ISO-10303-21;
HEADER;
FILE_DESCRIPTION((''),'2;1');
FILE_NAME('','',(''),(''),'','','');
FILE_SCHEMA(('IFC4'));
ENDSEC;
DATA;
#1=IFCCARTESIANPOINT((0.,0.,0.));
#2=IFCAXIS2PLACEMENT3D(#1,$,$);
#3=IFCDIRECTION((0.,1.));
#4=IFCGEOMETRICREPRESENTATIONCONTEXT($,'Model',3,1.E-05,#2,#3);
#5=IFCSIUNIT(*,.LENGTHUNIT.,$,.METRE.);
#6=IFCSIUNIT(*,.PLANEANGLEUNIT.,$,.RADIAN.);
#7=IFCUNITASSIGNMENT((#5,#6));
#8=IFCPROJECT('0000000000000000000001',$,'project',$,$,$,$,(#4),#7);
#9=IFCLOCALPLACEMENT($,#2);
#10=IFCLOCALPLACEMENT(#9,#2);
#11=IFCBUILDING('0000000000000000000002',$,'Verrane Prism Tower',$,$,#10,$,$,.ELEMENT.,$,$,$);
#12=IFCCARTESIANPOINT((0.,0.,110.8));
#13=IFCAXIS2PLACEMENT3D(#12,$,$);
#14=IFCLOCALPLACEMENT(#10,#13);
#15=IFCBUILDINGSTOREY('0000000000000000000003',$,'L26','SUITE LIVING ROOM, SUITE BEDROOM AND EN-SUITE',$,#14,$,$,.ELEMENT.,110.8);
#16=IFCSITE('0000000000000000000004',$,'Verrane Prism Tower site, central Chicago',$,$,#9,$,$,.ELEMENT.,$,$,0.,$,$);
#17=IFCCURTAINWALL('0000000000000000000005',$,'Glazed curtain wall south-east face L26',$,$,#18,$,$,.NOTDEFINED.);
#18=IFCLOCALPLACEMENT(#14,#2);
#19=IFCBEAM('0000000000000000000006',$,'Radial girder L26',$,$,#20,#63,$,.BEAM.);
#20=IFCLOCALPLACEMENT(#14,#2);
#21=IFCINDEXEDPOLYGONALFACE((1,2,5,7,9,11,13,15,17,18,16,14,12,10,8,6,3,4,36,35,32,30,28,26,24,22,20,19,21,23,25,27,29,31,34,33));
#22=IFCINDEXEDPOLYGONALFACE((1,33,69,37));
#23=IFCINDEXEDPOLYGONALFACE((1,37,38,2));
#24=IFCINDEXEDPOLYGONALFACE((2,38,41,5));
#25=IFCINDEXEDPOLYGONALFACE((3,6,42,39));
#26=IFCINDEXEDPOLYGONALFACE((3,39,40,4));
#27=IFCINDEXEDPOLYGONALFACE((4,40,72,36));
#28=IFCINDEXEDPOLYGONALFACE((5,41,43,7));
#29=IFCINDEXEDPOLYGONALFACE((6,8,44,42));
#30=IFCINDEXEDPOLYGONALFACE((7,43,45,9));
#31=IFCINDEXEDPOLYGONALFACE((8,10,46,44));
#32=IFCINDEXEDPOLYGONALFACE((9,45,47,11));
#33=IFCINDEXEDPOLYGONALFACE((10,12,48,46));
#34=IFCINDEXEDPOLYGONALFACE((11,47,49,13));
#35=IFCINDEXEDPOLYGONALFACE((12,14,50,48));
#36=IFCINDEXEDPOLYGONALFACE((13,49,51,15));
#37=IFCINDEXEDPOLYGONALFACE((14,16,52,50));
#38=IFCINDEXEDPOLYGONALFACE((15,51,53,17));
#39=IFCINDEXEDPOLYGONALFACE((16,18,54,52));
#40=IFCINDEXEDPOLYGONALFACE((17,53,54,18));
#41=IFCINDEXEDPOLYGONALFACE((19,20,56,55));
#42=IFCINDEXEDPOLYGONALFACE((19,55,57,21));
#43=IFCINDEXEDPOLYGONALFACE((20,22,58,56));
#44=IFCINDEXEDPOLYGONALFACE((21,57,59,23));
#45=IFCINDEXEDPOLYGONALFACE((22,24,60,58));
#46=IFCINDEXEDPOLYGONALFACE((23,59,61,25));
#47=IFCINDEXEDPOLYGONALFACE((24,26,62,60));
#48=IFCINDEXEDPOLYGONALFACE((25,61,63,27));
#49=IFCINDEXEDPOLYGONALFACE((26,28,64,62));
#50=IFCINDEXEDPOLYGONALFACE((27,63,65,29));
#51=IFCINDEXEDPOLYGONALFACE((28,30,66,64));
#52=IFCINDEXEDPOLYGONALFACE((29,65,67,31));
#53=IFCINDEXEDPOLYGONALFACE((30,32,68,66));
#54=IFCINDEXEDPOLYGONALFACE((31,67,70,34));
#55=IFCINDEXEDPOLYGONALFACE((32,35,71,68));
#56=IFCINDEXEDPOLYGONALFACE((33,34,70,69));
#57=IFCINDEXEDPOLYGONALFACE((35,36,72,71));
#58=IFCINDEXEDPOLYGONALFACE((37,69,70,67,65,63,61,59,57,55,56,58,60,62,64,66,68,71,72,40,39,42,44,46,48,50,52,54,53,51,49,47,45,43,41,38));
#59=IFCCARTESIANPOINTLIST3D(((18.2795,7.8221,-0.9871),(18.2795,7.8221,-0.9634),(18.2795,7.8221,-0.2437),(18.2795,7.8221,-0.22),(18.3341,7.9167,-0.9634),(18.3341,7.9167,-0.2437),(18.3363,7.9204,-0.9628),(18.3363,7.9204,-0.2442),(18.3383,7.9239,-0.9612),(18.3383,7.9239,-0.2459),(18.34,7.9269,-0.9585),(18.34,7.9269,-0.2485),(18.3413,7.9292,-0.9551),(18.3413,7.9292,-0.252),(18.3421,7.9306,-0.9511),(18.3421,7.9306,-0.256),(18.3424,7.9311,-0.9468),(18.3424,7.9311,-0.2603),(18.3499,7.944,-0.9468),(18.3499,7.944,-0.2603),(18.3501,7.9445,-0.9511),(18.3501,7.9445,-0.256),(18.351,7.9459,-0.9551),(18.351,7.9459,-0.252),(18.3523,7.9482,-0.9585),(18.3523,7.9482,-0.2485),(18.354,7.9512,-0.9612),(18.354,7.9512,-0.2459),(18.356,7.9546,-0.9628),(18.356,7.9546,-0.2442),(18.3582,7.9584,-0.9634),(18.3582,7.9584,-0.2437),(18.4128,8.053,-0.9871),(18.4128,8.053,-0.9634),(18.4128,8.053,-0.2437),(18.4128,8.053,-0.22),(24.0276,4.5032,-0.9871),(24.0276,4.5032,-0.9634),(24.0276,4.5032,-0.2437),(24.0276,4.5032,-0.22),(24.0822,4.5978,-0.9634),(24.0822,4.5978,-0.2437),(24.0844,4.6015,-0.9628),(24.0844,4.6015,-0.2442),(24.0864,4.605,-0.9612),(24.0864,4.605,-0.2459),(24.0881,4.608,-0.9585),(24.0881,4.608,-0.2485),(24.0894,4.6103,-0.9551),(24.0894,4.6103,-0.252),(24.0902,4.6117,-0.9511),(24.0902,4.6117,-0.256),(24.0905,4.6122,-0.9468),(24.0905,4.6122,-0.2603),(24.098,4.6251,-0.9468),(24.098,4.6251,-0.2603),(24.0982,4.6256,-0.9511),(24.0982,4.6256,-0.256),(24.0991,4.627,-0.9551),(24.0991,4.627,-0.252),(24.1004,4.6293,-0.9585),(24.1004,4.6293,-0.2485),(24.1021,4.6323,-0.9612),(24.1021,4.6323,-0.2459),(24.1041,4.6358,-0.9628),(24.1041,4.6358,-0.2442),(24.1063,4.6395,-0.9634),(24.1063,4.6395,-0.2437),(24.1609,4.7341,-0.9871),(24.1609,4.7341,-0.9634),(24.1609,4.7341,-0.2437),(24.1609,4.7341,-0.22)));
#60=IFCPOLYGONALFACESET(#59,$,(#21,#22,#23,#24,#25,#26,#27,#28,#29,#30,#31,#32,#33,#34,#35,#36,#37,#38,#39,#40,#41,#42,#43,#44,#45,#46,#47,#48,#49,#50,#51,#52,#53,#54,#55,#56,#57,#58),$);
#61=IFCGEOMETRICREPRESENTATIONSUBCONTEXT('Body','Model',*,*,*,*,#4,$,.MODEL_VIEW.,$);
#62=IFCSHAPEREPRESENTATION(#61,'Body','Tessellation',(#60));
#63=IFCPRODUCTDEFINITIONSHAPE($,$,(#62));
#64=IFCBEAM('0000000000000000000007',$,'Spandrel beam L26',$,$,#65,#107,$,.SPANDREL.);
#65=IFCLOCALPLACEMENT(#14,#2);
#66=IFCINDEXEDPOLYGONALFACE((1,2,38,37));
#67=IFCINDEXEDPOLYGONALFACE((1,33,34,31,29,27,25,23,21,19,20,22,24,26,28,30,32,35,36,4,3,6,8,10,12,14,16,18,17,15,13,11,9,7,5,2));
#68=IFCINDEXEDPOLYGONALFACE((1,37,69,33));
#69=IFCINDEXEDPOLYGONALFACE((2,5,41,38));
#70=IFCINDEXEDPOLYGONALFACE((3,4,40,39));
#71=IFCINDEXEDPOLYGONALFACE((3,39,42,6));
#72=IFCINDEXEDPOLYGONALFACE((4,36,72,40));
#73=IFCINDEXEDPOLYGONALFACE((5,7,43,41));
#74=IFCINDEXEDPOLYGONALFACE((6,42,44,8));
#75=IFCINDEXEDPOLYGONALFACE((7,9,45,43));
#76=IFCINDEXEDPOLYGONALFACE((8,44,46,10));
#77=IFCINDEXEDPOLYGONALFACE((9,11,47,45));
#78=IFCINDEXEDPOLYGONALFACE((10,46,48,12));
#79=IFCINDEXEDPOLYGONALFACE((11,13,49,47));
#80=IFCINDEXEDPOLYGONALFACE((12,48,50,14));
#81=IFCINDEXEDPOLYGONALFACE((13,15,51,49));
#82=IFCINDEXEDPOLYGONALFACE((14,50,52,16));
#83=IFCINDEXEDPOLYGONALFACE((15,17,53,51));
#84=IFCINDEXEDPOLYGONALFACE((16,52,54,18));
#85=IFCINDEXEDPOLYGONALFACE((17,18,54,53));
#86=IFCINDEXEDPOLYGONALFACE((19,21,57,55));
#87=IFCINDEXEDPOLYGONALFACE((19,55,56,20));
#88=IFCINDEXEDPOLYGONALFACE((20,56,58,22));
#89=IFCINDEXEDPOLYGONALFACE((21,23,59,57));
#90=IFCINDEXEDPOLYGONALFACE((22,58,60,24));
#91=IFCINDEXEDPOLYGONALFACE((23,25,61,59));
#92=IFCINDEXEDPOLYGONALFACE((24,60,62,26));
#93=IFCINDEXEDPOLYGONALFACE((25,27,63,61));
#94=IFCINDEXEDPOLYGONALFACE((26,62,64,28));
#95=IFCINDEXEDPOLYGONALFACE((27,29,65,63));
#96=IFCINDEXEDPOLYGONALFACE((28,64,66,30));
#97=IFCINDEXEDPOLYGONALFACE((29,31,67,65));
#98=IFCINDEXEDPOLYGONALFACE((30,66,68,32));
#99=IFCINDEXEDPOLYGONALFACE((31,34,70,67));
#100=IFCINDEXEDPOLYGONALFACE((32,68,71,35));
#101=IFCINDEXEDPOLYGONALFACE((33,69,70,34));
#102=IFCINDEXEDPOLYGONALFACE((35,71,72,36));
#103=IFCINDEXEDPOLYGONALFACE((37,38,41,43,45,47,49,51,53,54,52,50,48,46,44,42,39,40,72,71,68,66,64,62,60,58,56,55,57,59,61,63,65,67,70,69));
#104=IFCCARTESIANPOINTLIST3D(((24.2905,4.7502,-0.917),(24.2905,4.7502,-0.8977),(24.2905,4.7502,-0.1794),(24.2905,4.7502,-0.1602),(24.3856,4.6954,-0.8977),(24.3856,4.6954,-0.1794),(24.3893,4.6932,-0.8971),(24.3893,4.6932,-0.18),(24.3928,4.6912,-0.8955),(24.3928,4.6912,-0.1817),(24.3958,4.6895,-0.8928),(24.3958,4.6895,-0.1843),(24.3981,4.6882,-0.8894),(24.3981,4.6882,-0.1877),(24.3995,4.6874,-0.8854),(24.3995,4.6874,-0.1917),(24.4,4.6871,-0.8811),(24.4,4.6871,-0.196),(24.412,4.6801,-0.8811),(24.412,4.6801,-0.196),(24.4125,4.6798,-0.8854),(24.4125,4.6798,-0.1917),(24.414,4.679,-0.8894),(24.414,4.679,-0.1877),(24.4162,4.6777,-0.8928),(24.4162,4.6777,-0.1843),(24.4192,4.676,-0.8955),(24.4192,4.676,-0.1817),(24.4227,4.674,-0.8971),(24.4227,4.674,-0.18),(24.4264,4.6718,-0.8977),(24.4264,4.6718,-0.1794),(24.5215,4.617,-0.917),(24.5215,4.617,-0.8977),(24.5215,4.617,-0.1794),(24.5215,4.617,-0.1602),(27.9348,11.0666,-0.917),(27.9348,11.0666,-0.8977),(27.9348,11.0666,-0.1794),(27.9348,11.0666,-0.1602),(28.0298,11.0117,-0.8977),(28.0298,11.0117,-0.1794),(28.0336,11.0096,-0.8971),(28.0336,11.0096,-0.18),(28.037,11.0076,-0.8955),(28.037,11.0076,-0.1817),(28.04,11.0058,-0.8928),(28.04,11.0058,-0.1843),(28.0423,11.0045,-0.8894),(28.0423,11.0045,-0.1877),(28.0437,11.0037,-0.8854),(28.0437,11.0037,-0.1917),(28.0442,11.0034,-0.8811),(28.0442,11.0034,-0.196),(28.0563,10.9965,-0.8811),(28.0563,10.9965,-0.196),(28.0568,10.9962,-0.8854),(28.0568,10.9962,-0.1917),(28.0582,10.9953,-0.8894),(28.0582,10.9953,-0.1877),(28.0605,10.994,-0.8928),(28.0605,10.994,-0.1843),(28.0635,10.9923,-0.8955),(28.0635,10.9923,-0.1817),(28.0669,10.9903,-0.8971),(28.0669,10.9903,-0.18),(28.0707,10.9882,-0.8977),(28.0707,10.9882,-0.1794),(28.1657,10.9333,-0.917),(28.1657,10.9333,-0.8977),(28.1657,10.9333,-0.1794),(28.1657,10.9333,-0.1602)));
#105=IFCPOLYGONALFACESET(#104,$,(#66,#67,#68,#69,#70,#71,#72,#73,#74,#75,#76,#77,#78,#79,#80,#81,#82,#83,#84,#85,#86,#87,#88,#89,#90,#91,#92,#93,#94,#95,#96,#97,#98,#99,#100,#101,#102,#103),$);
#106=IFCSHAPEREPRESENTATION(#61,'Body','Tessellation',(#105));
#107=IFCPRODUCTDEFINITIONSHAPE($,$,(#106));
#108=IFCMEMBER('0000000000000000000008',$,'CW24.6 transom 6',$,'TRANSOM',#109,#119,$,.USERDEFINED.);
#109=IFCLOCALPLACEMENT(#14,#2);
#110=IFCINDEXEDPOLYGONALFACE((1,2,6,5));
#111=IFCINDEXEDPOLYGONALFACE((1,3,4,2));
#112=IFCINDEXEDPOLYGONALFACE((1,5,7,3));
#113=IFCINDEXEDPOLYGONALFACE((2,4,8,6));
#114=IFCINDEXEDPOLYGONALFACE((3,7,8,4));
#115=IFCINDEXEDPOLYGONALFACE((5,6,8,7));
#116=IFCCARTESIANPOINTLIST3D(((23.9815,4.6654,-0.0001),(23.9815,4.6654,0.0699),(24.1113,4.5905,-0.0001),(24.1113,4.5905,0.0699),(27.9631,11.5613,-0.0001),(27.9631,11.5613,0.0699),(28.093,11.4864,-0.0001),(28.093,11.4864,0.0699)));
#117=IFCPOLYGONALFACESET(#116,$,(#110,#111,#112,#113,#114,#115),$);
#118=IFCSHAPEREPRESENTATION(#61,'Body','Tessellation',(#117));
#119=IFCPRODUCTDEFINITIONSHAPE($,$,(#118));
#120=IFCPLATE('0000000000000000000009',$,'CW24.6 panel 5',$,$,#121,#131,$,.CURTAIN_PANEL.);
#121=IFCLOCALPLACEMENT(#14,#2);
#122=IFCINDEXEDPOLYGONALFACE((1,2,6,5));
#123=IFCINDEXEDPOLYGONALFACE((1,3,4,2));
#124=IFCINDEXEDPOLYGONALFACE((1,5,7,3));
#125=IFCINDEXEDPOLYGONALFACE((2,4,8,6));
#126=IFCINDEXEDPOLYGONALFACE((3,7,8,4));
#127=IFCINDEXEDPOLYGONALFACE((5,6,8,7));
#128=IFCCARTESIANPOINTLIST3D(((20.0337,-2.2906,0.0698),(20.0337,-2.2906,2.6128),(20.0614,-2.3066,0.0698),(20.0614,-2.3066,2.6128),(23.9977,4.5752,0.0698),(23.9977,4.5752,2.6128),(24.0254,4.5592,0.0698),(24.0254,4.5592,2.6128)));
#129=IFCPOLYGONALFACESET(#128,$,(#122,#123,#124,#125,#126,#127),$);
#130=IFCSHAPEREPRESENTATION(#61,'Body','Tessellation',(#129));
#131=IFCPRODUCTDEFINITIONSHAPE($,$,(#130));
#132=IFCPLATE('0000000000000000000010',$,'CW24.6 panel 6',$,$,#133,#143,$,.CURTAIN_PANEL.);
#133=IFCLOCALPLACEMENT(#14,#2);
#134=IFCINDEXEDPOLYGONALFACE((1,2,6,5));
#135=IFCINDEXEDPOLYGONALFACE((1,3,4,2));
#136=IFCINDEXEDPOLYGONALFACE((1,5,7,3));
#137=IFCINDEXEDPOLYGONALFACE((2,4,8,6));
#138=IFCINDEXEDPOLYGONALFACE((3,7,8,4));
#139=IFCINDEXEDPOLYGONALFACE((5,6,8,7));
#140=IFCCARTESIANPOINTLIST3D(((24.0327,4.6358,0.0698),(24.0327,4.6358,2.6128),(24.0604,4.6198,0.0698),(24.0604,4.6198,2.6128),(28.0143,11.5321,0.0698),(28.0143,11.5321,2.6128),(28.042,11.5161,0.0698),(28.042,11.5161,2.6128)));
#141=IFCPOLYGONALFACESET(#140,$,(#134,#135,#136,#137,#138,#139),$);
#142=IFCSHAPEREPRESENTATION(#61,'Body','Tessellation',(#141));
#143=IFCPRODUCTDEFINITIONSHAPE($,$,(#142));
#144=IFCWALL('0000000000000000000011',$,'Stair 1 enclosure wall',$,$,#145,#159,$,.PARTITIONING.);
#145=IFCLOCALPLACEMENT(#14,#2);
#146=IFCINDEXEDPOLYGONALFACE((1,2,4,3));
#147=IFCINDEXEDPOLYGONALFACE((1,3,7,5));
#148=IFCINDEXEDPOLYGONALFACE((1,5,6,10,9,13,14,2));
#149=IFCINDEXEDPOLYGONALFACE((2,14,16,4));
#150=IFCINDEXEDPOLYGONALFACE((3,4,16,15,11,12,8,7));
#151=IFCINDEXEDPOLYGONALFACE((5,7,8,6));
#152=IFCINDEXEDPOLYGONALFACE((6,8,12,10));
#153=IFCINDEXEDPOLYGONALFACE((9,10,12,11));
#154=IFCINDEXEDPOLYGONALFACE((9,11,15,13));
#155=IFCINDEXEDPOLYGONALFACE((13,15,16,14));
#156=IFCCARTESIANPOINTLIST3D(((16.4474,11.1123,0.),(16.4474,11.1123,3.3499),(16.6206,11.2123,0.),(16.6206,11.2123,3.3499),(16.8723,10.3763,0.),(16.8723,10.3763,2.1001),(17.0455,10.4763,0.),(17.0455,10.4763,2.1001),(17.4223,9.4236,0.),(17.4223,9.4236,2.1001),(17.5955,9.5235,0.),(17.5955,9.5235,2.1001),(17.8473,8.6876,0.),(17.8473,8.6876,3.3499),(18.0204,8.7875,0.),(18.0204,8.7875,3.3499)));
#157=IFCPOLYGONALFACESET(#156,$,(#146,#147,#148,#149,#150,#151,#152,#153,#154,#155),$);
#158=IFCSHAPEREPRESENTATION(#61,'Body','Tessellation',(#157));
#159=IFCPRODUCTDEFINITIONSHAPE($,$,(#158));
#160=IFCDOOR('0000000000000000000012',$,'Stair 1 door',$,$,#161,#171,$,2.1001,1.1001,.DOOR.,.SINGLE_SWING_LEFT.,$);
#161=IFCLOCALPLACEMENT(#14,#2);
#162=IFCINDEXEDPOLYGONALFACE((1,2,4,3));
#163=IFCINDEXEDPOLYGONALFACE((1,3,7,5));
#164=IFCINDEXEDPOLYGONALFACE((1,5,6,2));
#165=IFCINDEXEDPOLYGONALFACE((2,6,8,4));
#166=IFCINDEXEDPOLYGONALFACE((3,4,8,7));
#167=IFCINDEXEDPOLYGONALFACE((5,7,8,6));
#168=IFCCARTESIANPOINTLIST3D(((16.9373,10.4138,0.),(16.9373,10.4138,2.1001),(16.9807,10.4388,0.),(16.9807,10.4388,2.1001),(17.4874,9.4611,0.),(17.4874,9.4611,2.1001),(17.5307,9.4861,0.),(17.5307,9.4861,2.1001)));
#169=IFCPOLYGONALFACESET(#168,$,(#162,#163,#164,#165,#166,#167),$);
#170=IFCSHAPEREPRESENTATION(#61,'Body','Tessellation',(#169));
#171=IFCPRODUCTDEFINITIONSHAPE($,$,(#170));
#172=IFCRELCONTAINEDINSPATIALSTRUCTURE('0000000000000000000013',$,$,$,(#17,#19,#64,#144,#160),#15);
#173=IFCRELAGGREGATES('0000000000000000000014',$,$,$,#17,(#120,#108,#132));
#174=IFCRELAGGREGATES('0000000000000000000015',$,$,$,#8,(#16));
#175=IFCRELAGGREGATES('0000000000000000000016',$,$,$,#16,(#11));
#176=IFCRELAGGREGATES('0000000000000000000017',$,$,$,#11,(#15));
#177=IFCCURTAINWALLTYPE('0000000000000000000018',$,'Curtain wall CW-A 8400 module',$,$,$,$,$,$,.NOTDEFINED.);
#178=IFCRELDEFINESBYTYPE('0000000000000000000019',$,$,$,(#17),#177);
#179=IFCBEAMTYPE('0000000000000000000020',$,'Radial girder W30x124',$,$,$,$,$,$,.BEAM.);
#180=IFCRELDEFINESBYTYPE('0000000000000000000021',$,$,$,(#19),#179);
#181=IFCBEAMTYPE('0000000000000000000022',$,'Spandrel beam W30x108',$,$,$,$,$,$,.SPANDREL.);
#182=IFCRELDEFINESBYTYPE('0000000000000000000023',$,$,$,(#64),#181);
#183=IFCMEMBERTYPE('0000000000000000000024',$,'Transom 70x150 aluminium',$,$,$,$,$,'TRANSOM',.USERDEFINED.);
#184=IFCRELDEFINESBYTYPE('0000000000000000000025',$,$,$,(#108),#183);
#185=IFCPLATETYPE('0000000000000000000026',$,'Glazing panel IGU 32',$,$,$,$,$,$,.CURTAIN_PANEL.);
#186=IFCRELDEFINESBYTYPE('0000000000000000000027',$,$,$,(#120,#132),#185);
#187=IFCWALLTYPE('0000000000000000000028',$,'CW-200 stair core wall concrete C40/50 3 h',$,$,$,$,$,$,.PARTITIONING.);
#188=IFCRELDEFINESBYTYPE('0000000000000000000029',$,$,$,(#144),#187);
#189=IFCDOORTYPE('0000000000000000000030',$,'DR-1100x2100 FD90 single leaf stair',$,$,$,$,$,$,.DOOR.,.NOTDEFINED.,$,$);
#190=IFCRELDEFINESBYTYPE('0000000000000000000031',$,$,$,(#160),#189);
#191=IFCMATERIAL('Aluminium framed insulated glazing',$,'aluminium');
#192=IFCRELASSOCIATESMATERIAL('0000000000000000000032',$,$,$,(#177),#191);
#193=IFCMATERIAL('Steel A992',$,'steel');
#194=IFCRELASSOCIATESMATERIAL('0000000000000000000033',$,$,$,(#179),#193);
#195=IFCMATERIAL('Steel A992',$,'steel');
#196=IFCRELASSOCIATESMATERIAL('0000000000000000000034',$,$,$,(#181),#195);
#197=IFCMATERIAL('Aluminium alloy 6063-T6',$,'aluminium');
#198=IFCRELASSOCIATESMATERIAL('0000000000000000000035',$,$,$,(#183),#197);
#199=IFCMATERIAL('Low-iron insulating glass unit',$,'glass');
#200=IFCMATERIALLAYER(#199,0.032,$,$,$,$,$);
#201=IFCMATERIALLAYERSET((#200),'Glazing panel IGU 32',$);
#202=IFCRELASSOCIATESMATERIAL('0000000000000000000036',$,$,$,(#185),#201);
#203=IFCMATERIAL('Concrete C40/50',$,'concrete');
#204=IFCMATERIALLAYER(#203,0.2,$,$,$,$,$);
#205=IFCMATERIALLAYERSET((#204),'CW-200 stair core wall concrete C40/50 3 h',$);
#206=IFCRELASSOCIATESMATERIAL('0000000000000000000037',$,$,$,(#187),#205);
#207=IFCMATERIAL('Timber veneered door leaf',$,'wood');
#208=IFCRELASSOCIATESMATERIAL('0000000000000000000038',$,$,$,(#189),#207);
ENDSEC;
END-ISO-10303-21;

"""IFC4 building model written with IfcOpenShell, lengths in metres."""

from ifc_helpers import new_model, si_unit, direction, frame, frame_2d, origin, origin_2d, place, context, subcontext, project, spatial, rectangle, i_section, extrude, material, layer, layer_set, material_profile, profile_set, type_object, element, fill, aggregate, save


model = new_model("IFC4")

# Units and contexts
model_context = context("Model", 3, precision=1e-05, world=origin(), true_north=direction((0.0, 1.0)))
body_context = subcontext(model_context, "Body", "Model", "MODEL_VIEW")
ifc_project = project(units=[si_unit("LENGTHUNIT", "METRE"), si_unit("PLANEANGLEUNIT", "RADIAN")], contexts=[model_context])

# Site, building, storey
site_placement = place(None, origin())
site = spatial("IfcSite", under=ifc_project, at=site_placement, Name="Verrane Prism Tower site, central Chicago", CompositionType="ELEMENT", RefElevation=0.0)
building_placement = place(site_placement, origin())
building = spatial("IfcBuilding", under=site, at=building_placement, Name="Verrane Prism Tower", CompositionType="ELEMENT")
storey_placement = place(building_placement, frame((0.0, 0.0, 110.8)))
storey = spatial("IfcBuildingStorey", under=building, at=storey_placement, Name="L26", Description="SUITE LIVING ROOM, SUITE BEDROOM AND EN-SUITE", CompositionType="ELEMENT", Elevation=110.8)

# Curtain wall
ifc_material_1 = material(Name="Aluminium framed insulated glazing", Category="aluminium")
curtain_wall_type = type_object("IfcCurtainWallType", Name="Curtain wall CW-A 8400 module", PredefinedType="NOTDEFINED", material=ifc_material_1)
curtain_wall_placement = place(storey_placement, origin())
curtain_wall = element("IfcCurtainWall", 1, at=curtain_wall_placement, inside=storey, type_object=curtain_wall_type, Name="Glazed curtain wall south-east face L26", PredefinedType="NOTDEFINED")

# Beams
ifc_material_2 = material(Name="Steel A992", Category="steel")
ifc_material_profile_1 = material_profile(ifc_material_2, i_section(OverallWidth=0.2666, OverallDepth=0.7671, WebThickness=0.0149, FlangeThickness=0.0237, FilletRadius=0.0166, at=origin_2d()), Name="W30x124")
ifc_profile_set_1 = profile_set([ifc_material_profile_1], Name="Steel A992")
beam_type_1 = type_object("IfcBeamType", Name="Radial girder W30x124", PredefinedType="BEAM", material=ifc_profile_set_1)
beam_1_placement = place(storey_placement, frame((24.0942, 4.6187, -0.6035), z_axis=(-0.866012, 0.500024, 0.0), x_axis=(-0.500024, -0.866012, 0.0)))
element("IfcBeam", 2, at=beam_1_placement, inside=storey, type_object=beam_type_1, Name="Radial girder L26", PredefinedType="BEAM", context=body_context, shape_type="SweptSolid", body=[
    extrude(i_section(OverallWidth=0.2666, OverallDepth=0.7671, WebThickness=0.0149, FlangeThickness=0.0237, FilletRadius=0.0166, at=origin_2d()), origin(), (0.0, 0.0, 1.0), 6.6375),
])
ifc_material_3 = material(Name="Steel A992", Category="steel")
ifc_material_profile_2 = material_profile(ifc_material_3, i_section(OverallWidth=0.2666, OverallDepth=0.7568, WebThickness=0.0139, FlangeThickness=0.0193, FilletRadius=0.0166, at=origin_2d()), Name="W30x108")
ifc_profile_set_2 = profile_set([ifc_material_profile_2], Name="Steel A992")
beam_type_2 = type_object("IfcBeamType", Name="Spandrel beam W30x108", PredefinedType="SPANDREL", material=ifc_profile_set_2)
beam_2_placement = place(storey_placement, frame((24.406, 4.6836, -0.5386), z_axis=(0.499744, 0.866173, 0.0), x_axis=(-0.866173, 0.499744, 0.0)))
element("IfcBeam", 3, at=beam_2_placement, inside=storey, type_object=beam_type_2, Name="Spandrel beam L26", PredefinedType="SPANDREL", context=body_context, shape_type="SweptSolid", body=[
    extrude(i_section(OverallWidth=0.2666, OverallDepth=0.7568, WebThickness=0.0139, FlangeThickness=0.0193, FilletRadius=0.0166, at=origin_2d()), origin(), (0.0, 0.0, 1.0), 7.2922),
])

# Member
ifc_material_4 = material(Name="Aluminium alloy 6063-T6", Category="aluminium")
ifc_material_profile_3 = material_profile(ifc_material_4, rectangle(XDim=0.1499, YDim=0.0701, at=origin_2d()), Name="Transom 70x150 aluminium")
ifc_profile_set_3 = profile_set([ifc_material_profile_3], Name="Aluminium alloy 6063-T6")
member_type_1 = type_object("IfcMemberType", Name="Transom 70x150 aluminium", ElementType="TRANSOM", PredefinedType="USERDEFINED", material=ifc_profile_set_3)
member_1_placement = place(storey_placement, frame((24.0464, 4.6279, 0.0349), z_axis=(0.500027, 0.86601, 0.0), x_axis=(-0.86601, 0.500027, 0.0)))
member_1 = element("IfcMember", 4, at=member_1_placement, type_object=member_type_1, Name="CW24.6 transom 6", ObjectType="TRANSOM", PredefinedType="USERDEFINED", context=body_context, shape_type="SweptSolid", body=[
    extrude(rectangle(XDim=0.1499, YDim=0.0701, at=origin_2d()), origin(), (0.0, 0.0, 1.0), 7.9629),
])

# Plates
ifc_material_5 = material(Name="Low-iron insulating glass unit", Category="glass")
ifc_layer_1 = layer(ifc_material_5, 0.032)
ifc_layer_set_1 = layer_set([ifc_layer_1], Name="Glazing panel IGU 32")
plate_type = type_object("IfcPlateType", Name="Glazing panel IGU 32", PredefinedType="CURTAIN_PANEL", material=ifc_layer_set_1)
plate_1_placement = place(storey_placement, frame((22.0295, 1.1343, 0.0698), z_axis=(0.0, 0.0, 1.0), x_axis=(0.5, 0.866025, 0.0)))
plate_1 = element("IfcPlate", 5, at=plate_1_placement, type_object=plate_type, Name="CW24.6 panel 5", PredefinedType="CURTAIN_PANEL", context=body_context, shape_type="SweptSolid", body=[
    extrude(rectangle(XDim=7.928, YDim=0.032, at=origin_2d()), origin(), (0.0, 0.0, 1.0), 2.543),
])
plate_2_placement = place(storey_placement, frame((26.0374, 8.0759, 0.0698), z_axis=(0.0, 0.0, 1.0), x_axis=(0.5, 0.866025, 0.0)))
plate_2 = element("IfcPlate", 6, at=plate_2_placement, type_object=plate_type, Name="CW24.6 panel 6", PredefinedType="CURTAIN_PANEL", context=body_context, shape_type="SweptSolid", body=[
    extrude(rectangle(XDim=7.9631, YDim=0.032, at=origin_2d()), origin(), (0.0, 0.0, 1.0), 2.543),
])
aggregate(curtain_wall, [plate_1, member_1, plate_2])

# Wall, opening, door
ifc_material_6 = material(Name="Concrete C40/50", Category="concrete")
ifc_layer_2 = layer(ifc_material_6, 0.2)
ifc_layer_set_2 = layer_set([ifc_layer_2], Name="CW-200 stair core wall concrete C40/50 3 h")
wall_type_1 = type_object("IfcWallType", Name="CW-200 stair core wall concrete C40/50 3 h", PredefinedType="PARTITIONING", material=ifc_layer_set_2)
wall_1_placement = place(storey_placement, frame((17.9338, 8.7375, 0.0), z_axis=(0.0, 0.0, 1.0), x_axis=(-0.499984, 0.866035, 0.0)))
wall_1 = element("IfcWall", 7, at=wall_1_placement, inside=storey, type_object=wall_type_1, Name="Stair 1 enclosure wall", PredefinedType="PARTITIONING", context=body_context, shape_type="SweptSolid", body=[
    extrude(rectangle(XDim=2.7998, YDim=0.2, at=frame_2d((1.3999, 0.0))), origin(), (0.0, 0.0, 1.0), 3.3499),
])
opening_1_placement = place(wall_1_placement, frame((0.8499, 0.0, 0.0)))
opening_1 = element("IfcOpeningElement", 8, at=opening_1_placement, cuts=wall_1, PredefinedType="OPENING", context=body_context, shape_type="SweptSolid", body=[
    extrude(rectangle(XDim=1.1001, YDim=2.1001, at=frame_2d((0.55, 1.05))), frame((0.0, 0.1099, 0.0), z_axis=(0.0, -1.0, 0.0), x_axis=(1.0, 0.0, 0.0)), (0.0, 0.0, 1.0), 0.22),
])
ifc_material_7 = material(Name="Timber veneered door leaf", Category="wood")
door_type_1 = type_object("IfcDoorType", Name="DR-1100x2100 FD90 single leaf stair", OperationType="NOTDEFINED", PredefinedType="DOOR", material=ifc_material_7)
door_1_placement = place(opening_1_placement, origin())
door_1 = element("IfcDoor", 9, at=door_1_placement, inside=storey, type_object=door_type_1, Name="Stair 1 door", OperationType="SINGLE_SWING_LEFT", OverallHeight=2.1001, OverallWidth=1.1001, PredefinedType="DOOR", context=body_context, shape_type="SweptSolid", body=[
    extrude(rectangle(XDim=1.1001, YDim=2.1001, at=frame_2d((0.55, 1.05))), frame((0.0, 0.0249, 0.0), z_axis=(0.0, -1.0, 0.0), x_axis=(1.0, 0.0, 0.0)), (0.0, 0.0, 1.0), 0.05),
])
fill(opening_1, door_1)

save(model, "model.ifc")
